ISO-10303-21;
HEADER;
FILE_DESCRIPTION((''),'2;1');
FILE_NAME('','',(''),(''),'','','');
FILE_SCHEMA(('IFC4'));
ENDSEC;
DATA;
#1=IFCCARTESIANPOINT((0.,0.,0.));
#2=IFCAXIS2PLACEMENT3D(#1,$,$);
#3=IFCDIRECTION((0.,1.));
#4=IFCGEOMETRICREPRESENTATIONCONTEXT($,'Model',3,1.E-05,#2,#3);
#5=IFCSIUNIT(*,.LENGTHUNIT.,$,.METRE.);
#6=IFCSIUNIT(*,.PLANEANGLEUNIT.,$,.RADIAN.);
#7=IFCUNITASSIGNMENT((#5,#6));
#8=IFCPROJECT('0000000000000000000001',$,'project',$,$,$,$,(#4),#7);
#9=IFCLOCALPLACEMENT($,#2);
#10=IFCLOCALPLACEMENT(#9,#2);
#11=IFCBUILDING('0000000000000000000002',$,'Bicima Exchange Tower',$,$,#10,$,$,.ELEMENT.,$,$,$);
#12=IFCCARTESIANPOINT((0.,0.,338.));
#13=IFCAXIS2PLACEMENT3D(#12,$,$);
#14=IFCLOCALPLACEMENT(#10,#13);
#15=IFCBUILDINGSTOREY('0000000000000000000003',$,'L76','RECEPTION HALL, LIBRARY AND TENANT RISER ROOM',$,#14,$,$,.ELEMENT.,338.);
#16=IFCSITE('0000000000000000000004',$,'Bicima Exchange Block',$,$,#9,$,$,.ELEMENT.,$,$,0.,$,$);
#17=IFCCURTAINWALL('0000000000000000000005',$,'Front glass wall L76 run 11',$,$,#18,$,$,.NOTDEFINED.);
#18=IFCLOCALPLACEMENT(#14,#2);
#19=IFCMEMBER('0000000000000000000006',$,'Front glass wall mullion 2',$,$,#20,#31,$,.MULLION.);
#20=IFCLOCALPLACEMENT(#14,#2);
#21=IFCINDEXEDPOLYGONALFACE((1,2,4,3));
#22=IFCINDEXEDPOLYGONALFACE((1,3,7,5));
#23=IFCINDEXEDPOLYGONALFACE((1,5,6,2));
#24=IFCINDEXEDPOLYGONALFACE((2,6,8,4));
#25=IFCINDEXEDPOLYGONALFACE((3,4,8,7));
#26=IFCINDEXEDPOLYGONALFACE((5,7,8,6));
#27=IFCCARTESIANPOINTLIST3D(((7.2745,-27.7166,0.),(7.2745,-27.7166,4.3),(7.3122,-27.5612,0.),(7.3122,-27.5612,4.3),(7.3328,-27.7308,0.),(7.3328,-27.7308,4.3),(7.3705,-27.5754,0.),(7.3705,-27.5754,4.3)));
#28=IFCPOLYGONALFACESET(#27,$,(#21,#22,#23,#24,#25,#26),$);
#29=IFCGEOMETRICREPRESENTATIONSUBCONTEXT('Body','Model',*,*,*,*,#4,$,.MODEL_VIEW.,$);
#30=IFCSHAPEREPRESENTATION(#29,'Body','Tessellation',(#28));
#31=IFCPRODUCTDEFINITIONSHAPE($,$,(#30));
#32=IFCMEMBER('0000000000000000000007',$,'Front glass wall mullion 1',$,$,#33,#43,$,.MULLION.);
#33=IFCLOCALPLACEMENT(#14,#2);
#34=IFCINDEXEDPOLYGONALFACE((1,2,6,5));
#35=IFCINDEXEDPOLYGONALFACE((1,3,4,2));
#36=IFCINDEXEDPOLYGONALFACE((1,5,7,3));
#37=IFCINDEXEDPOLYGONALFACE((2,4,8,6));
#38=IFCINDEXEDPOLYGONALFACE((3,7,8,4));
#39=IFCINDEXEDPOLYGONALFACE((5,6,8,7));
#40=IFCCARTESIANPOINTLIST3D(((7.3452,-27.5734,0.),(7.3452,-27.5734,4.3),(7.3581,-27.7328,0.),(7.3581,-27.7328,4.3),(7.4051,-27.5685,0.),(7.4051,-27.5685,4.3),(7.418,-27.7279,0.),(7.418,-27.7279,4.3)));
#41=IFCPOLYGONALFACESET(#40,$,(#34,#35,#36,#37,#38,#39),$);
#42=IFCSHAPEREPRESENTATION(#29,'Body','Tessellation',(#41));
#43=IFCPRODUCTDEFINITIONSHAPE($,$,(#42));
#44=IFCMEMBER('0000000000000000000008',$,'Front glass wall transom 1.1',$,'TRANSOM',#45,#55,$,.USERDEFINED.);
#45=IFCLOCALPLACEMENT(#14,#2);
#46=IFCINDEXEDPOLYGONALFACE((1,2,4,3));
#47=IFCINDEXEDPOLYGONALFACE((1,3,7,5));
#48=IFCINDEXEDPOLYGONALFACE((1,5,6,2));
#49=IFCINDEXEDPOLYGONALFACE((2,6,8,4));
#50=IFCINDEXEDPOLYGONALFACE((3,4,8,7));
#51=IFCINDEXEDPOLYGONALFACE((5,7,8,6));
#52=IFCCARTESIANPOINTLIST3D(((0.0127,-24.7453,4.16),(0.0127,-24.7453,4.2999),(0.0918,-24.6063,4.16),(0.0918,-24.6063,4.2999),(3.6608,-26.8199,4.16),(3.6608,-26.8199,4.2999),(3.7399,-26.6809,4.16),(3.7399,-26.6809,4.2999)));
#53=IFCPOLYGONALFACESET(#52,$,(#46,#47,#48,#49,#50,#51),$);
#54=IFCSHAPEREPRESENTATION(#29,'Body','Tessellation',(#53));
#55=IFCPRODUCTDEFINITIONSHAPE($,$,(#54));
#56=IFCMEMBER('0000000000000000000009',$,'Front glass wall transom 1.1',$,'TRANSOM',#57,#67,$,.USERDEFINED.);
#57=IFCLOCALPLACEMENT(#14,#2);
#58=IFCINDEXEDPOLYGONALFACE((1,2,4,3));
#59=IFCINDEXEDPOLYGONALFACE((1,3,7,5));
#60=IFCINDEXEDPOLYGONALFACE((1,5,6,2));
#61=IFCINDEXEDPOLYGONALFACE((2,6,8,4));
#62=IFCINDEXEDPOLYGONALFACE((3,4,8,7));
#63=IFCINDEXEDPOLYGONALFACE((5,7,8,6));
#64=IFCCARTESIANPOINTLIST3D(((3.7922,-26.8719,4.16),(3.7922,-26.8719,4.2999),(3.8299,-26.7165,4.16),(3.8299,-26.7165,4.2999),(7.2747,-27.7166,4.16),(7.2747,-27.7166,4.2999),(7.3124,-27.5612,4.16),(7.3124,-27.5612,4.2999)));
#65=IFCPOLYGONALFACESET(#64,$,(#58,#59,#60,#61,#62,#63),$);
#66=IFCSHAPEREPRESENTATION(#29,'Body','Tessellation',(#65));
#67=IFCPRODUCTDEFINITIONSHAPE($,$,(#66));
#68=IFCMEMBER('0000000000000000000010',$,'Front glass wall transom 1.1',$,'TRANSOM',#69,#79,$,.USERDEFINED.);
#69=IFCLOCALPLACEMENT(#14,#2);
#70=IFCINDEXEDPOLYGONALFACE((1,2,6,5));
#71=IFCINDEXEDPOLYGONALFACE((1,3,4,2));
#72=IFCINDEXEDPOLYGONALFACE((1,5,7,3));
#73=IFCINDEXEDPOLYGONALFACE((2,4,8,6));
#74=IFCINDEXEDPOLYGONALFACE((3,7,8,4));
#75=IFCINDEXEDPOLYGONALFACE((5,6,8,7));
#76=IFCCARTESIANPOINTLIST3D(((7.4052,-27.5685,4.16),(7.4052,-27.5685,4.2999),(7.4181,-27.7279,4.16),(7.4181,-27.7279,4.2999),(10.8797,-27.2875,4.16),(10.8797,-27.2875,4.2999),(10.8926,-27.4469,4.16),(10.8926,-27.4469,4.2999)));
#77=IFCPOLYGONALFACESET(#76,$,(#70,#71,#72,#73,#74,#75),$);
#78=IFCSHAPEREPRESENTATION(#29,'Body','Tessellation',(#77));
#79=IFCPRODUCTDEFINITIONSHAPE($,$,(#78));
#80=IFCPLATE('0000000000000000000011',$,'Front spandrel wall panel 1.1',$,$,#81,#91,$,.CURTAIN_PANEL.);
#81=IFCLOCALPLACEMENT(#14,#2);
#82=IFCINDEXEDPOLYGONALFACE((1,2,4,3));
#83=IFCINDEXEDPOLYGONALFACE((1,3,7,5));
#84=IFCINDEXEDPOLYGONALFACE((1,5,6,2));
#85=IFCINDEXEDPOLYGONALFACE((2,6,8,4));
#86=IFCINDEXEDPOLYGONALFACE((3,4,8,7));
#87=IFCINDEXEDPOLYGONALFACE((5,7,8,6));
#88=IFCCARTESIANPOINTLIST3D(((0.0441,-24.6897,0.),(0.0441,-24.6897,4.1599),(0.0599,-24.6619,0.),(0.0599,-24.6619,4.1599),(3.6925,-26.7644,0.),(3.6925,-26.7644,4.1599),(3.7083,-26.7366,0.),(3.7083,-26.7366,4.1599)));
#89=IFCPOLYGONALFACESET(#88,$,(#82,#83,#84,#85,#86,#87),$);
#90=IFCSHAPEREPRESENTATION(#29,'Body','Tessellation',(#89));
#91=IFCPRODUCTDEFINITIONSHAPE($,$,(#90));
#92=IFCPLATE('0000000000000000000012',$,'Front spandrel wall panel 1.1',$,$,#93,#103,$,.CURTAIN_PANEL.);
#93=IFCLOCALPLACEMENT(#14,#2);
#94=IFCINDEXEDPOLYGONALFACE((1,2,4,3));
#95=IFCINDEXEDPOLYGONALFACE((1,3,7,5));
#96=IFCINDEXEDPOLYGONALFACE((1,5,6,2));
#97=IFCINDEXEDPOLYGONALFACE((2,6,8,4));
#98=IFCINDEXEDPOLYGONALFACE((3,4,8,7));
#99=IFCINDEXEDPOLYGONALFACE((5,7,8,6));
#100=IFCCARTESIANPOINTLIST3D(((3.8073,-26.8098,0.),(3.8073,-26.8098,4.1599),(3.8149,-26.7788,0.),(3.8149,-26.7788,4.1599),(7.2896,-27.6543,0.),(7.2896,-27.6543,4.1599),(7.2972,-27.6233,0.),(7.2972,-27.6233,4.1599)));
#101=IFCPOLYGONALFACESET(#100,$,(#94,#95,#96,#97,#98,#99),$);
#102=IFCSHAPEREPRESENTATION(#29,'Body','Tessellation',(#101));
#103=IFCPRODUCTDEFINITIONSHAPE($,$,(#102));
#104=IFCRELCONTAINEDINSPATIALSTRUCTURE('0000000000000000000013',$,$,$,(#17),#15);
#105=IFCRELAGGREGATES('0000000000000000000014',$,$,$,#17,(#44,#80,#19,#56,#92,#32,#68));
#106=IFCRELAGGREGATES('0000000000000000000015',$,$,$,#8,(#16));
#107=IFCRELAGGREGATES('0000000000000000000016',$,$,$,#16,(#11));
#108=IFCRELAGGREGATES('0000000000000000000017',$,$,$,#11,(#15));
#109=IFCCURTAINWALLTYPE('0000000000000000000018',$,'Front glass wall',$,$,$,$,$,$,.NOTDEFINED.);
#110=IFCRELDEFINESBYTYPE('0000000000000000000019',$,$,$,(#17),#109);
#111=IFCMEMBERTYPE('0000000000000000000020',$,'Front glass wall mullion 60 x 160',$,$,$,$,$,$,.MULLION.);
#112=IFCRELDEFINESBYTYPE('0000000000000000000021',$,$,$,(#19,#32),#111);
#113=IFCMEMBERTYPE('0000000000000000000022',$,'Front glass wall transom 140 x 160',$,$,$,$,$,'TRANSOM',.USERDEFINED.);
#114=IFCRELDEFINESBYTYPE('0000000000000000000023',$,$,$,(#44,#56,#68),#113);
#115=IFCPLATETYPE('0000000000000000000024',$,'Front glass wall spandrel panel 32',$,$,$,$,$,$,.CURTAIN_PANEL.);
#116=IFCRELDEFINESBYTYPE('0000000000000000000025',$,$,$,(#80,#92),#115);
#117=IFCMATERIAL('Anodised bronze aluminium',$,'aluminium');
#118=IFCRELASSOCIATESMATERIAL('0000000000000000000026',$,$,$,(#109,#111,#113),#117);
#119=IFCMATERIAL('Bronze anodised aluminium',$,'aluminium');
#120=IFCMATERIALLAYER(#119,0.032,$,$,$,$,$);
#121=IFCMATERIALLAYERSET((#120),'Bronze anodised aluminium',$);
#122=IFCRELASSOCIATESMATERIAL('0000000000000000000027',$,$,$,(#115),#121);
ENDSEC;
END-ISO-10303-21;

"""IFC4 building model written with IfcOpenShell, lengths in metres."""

from ifc_helpers import new_model, si_unit, direction, frame, origin, origin_2d, place, context, subcontext, project, spatial, rectangle, extrude, material, layer, layer_set, material_profile, profile_set, type_object, element, aggregate, save


model = new_model("IFC4")

# Units and contexts
model_context = context("Model", 3, precision=1e-05, world=origin(), true_north=direction((0.0, 1.0)))
body_context = subcontext(model_context, "Body", "Model", "MODEL_VIEW")
ifc_project = project(units=[si_unit("LENGTHUNIT", "METRE"), si_unit("PLANEANGLEUNIT", "RADIAN")], contexts=[model_context])

# Site, building, storey
site_placement = place(None, origin())
site = spatial("IfcSite", under=ifc_project, at=site_placement, Name="Bicima Exchange Block", CompositionType="ELEMENT", RefElevation=0.0)
building_placement = place(site_placement, origin())
building = spatial("IfcBuilding", under=site, at=building_placement, Name="Bicima Exchange Tower", CompositionType="ELEMENT")
storey_placement = place(building_placement, frame((0.0, 0.0, 338.0)))
storey = spatial("IfcBuildingStorey", under=building, at=storey_placement, Name="L76", Description="RECEPTION HALL, LIBRARY AND TENANT RISER ROOM", CompositionType="ELEMENT", Elevation=338.0)

# Shared definitions
ifc_material_1 = material(Name="Anodised bronze aluminium", Category="aluminium")
curtain_wall_type = type_object("IfcCurtainWallType", Name="Front glass wall", PredefinedType="NOTDEFINED", material=ifc_material_1)
ifc_material_profile_1 = material_profile(ifc_material_1, rectangle(XDim=0.1599, YDim=0.0601, at=origin_2d()))
ifc_profile_set_1 = profile_set([ifc_material_profile_1], Name="Anodised bronze aluminium")
member_type_1 = type_object("IfcMemberType", Name="Front glass wall mullion 60 x 160", PredefinedType="MULLION", material=ifc_profile_set_1)

# Curtain wall, members, plates
curtain_wall_1_placement = place(storey_placement, origin())
curtain_wall_1 = element("IfcCurtainWall", 1, at=curtain_wall_1_placement, inside=storey, type_object=curtain_wall_type, Name="Front glass wall L76 run 11", PredefinedType="NOTDEFINED")
member_1_placement = place(storey_placement, frame((7.3225, -27.646, 0.0), z_axis=(0.0, 0.0, 1.0), x_axis=(0.235682, 0.97183, 0.0)))
member_1 = element("IfcMember", 2, at=member_1_placement, type_object=member_type_1, Name="Front glass wall mullion 2", PredefinedType="MULLION", context=body_context, shape_type="SweptSolid", body=[
    extrude(rectangle(XDim=0.1599, YDim=0.0601, at=origin_2d()), origin(), (0.0, 0.0, 1.0), 4.3),
])
member_2_placement = place(storey_placement, frame((7.3816, -27.6506, 0.0), z_axis=(0.0, 0.0, 1.0), x_axis=(-0.080589, 0.996747, 0.0)))
member_2 = element("IfcMember", 3, at=member_2_placement, type_object=member_type_1, Name="Front glass wall mullion 1", PredefinedType="MULLION", context=body_context, shape_type="SweptSolid", body=[
    extrude(rectangle(XDim=0.1599, YDim=0.0601, at=origin_2d()), origin(), (0.0, 0.0, 1.0), 4.3),
])
ifc_material_profile_2 = material_profile(ifc_material_1, rectangle(XDim=0.1599, YDim=0.1399, at=origin_2d()))
ifc_profile_set_2 = profile_set([ifc_material_profile_2], Name="Anodised bronze aluminium")
member_type_2 = type_object("IfcMemberType", Name="Front glass wall transom 140 x 160", ElementType="TRANSOM", PredefinedType="USERDEFINED", material=ifc_profile_set_2)
member_3_placement = place(storey_placement, frame((0.0522, -24.6758, 4.23), z_axis=(0.869265, -0.494346, 0.0), x_axis=(0.494346, 0.869265, 0.0)))
member_3 = element("IfcMember", 4, at=member_3_placement, type_object=member_type_2, Name="Front glass wall transom 1.1", ObjectType="TRANSOM", PredefinedType="USERDEFINED", context=body_context, shape_type="SweptSolid", body=[
    extrude(rectangle(XDim=0.1599, YDim=0.1399, at=origin_2d()), origin(), (0.0, 0.0, 1.0), 4.1968),
])
member_4_placement = place(storey_placement, frame((3.811, -26.7942, 4.23), z_axis=(0.971818, -0.235733, 0.0), x_axis=(0.235733, 0.971818, 0.0)))
member_4 = element("IfcMember", 5, at=member_4_placement, type_object=member_type_2, Name="Front glass wall transom 1.1", ObjectType="TRANSOM", PredefinedType="USERDEFINED", context=body_context, shape_type="SweptSolid", body=[
    extrude(rectangle(XDim=0.1599, YDim=0.1399, at=origin_2d()), origin(), (0.0, 0.0, 1.0), 3.5835),
])
member_5_placement = place(storey_placement, frame((7.4116, -27.6482, 4.23), z_axis=(0.996746, 0.080611, 0.0), x_axis=(-0.080611, 0.996746, 0.0)))
member_5 = element("IfcMember", 6, at=member_5_placement, type_object=member_type_2, Name="Front glass wall transom 1.1", ObjectType="TRANSOM", PredefinedType="USERDEFINED", context=body_context, shape_type="SweptSolid", body=[
    extrude(rectangle(XDim=0.1599, YDim=0.1399, at=origin_2d()), origin(), (0.0, 0.0, 1.0), 3.4858),
])
ifc_material_2 = material(Name="Bronze anodised aluminium", Category="aluminium")
ifc_layer_1 = layer(ifc_material_2, 0.032)
ifc_layer_set_1 = layer_set([ifc_layer_1], Name="Bronze anodised aluminium")
plate_type = type_object("IfcPlateType", Name="Front glass wall spandrel panel 32", PredefinedType="CURTAIN_PANEL", material=ifc_layer_set_1)
plate_1_placement = place(storey_placement, frame((1.8762, -25.7131, 0.0), z_axis=(0.0, 0.0, 1.0), x_axis=(0.869274, -0.49433, 0.0)))
plate_1 = element("IfcPlate", 7, at=plate_1_placement, type_object=plate_type, Name="Front spandrel wall panel 1.1", PredefinedType="CURTAIN_PANEL", context=body_context, shape_type="SweptSolid", body=[
    extrude(rectangle(XDim=4.197, YDim=0.032, at=origin_2d()), origin(), (0.0, 0.0, 1.0), 4.1599),
])
plate_2_placement = place(storey_placement, frame((5.5522, -27.2166, 0.0), z_axis=(0.0, 0.0, 1.0), x_axis=(0.97183, -0.235682, 0.0)))
plate_2 = element("IfcPlate", 8, at=plate_2_placement, type_object=plate_type, Name="Front spandrel wall panel 1.1", PredefinedType="CURTAIN_PANEL", context=body_context, shape_type="SweptSolid", body=[
    extrude(rectangle(XDim=3.5833, YDim=0.032, at=origin_2d()), origin(), (0.0, 0.0, 1.0), 4.1599),
])
aggregate(curtain_wall_1, [member_3, plate_1, member_1, member_4, plate_2, member_2, member_5])

save(model, "model.ifc")
